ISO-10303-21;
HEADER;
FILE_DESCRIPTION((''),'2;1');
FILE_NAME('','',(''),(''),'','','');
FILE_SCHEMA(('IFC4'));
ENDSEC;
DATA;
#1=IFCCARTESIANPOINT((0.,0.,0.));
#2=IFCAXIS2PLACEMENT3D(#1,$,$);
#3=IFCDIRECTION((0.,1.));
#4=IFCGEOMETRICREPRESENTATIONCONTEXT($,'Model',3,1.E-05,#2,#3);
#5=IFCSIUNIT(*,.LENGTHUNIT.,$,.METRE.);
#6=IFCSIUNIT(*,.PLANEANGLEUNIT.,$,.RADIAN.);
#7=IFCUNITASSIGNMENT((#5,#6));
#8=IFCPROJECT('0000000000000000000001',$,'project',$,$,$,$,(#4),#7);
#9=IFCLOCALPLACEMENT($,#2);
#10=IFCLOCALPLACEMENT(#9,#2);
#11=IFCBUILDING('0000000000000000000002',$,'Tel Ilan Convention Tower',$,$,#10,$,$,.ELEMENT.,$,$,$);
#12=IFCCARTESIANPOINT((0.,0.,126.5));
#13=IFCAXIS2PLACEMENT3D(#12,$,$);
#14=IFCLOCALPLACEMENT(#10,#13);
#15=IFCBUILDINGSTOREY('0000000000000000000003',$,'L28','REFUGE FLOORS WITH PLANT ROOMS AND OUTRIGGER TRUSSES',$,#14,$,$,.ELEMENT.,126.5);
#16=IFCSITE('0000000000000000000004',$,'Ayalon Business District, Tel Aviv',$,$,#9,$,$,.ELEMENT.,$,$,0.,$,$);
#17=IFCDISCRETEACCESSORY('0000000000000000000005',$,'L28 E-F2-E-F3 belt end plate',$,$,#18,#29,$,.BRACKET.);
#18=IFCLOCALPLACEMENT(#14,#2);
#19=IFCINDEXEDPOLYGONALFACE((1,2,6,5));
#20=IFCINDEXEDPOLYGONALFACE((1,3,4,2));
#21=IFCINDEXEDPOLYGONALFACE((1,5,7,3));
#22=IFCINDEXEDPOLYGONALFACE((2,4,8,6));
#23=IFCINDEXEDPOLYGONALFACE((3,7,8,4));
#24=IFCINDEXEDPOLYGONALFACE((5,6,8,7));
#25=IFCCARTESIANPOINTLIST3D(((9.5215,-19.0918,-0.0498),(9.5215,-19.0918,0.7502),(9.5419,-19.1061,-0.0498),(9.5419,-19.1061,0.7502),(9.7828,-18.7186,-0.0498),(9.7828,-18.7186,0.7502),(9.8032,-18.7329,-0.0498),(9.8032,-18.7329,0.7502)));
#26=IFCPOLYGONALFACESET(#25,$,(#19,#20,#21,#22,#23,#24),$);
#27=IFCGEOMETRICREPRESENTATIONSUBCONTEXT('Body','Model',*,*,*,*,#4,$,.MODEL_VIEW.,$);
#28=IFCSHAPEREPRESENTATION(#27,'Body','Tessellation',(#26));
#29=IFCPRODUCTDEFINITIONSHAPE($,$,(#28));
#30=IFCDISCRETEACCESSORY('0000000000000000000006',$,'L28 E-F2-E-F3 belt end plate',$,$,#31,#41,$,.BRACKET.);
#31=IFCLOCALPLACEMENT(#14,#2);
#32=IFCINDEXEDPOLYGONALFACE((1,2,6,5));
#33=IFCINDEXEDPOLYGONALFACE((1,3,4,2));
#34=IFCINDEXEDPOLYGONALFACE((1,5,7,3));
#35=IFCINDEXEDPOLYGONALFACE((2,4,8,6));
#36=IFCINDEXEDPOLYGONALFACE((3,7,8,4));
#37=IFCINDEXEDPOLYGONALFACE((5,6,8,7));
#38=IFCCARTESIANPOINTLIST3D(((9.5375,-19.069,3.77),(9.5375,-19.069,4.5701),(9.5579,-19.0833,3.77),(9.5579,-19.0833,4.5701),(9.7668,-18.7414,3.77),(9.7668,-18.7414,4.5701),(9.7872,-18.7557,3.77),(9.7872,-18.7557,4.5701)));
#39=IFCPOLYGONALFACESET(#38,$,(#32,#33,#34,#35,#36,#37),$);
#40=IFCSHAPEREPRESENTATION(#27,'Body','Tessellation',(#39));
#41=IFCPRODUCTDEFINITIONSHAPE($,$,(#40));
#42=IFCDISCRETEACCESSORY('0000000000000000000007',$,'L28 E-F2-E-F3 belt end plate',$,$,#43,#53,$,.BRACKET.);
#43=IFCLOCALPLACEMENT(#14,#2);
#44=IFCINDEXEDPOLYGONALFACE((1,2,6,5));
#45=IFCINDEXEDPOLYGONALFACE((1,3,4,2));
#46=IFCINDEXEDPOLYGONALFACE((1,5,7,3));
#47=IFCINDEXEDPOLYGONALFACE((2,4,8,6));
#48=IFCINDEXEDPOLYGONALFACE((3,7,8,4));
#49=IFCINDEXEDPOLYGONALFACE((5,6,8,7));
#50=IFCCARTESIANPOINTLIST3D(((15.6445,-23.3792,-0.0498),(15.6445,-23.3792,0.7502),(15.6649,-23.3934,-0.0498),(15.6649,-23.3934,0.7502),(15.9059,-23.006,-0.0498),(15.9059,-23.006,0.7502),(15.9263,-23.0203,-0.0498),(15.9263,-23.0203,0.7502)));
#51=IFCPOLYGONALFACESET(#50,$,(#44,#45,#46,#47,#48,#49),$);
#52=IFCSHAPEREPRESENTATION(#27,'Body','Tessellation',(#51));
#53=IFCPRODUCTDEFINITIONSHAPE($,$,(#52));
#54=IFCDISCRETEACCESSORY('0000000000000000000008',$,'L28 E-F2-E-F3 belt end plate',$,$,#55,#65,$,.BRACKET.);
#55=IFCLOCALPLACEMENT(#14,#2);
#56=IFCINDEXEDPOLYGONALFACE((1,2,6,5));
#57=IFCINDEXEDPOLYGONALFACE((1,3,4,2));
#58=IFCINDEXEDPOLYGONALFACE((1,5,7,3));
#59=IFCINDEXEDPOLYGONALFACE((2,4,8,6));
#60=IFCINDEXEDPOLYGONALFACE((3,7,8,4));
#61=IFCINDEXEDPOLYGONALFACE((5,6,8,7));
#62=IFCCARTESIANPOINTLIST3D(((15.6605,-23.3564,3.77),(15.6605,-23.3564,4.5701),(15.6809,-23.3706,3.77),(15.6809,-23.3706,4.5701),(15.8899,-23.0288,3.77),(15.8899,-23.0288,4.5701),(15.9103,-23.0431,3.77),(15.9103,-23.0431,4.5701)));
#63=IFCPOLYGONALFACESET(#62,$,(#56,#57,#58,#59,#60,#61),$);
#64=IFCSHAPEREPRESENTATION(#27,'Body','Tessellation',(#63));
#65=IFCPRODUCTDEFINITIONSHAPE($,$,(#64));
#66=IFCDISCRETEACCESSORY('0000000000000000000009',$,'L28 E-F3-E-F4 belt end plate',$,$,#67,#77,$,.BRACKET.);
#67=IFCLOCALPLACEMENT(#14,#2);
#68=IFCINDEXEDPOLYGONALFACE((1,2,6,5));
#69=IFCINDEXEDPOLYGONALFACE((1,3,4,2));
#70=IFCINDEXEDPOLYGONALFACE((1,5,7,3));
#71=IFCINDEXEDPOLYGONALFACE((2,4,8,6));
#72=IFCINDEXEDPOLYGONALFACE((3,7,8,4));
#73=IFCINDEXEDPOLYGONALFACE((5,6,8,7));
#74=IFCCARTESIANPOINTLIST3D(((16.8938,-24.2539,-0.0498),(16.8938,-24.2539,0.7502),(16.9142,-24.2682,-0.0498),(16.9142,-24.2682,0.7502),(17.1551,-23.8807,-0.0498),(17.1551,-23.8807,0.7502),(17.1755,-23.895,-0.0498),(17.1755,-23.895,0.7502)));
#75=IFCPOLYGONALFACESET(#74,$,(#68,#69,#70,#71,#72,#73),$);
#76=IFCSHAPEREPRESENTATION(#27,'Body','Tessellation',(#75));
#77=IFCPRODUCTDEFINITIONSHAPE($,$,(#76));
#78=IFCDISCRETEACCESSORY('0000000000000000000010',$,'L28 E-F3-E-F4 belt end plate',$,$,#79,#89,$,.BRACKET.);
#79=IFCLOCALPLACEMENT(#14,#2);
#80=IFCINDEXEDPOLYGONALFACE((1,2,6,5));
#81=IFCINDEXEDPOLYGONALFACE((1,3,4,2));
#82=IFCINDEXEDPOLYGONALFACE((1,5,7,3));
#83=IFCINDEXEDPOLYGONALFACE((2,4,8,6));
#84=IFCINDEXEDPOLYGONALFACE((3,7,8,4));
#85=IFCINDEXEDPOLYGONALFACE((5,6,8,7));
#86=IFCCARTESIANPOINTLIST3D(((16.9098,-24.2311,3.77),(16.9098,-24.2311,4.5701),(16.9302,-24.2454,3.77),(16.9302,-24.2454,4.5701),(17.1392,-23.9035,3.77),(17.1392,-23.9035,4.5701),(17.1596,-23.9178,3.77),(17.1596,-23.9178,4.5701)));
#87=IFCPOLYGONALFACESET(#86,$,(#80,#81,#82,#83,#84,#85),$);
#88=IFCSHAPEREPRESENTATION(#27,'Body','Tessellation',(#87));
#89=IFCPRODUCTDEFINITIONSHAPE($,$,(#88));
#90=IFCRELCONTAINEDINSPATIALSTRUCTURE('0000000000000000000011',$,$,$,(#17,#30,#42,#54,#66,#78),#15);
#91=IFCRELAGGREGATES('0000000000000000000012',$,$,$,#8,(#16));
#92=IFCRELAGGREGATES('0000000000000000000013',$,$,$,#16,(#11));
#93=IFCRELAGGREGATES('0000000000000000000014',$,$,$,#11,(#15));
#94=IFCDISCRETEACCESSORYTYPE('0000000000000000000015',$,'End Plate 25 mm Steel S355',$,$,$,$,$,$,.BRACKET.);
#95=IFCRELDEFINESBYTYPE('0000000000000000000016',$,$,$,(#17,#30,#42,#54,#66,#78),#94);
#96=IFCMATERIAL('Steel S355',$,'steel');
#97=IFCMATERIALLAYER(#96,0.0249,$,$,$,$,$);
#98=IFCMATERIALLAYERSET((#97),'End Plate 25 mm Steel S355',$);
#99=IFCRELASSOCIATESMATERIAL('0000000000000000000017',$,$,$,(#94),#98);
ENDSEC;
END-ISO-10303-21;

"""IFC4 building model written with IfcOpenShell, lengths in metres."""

from ifc_helpers import new_model, si_unit, direction, frame, origin, origin_2d, place, context, subcontext, project, spatial, rectangle, extrude, material, layer, layer_set, type_object, element, save


model = new_model("IFC4")

# Units and contexts
model_context = context("Model", 3, precision=1e-05, world=origin(), true_north=direction((0.0, 1.0)))
body_context = subcontext(model_context, "Body", "Model", "MODEL_VIEW")
ifc_project = project(units=[si_unit("LENGTHUNIT", "METRE"), si_unit("PLANEANGLEUNIT", "RADIAN")], contexts=[model_context])

# Site, building, storey
site_placement = place(None, origin())
site = spatial("IfcSite", under=ifc_project, at=site_placement, Name="Ayalon Business District, Tel Aviv", CompositionType="ELEMENT", RefElevation=0.0)
building_placement = place(site_placement, origin())
building = spatial("IfcBuilding", under=site, at=building_placement, Name="Tel Ilan Convention Tower", CompositionType="ELEMENT")
storey_placement = place(building_placement, frame((0.0, 0.0, 126.5)))
storey = spatial("IfcBuildingStorey", under=building, at=storey_placement, Name="L28", Description="REFUGE FLOORS WITH PLANT ROOMS AND OUTRIGGER TRUSSES", CompositionType="ELEMENT", Elevation=126.5)

# Discrete accessories
ifc_material_1 = material(Name="Steel S355", Category="steel")
ifc_layer_1 = layer(ifc_material_1, 0.0249)
ifc_layer_set_1 = layer_set([ifc_layer_1], Name="End Plate 25 mm Steel S355")
discrete_accessory_type_1 = type_object("IfcDiscreteAccessoryType", Name="End Plate 25 mm Steel S355", PredefinedType="BRACKET", material=ifc_layer_set_1)
discrete_accessory_1_placement = place(storey_placement, frame((9.6624, -18.9124, -0.0498), z_axis=(0.0, 0.0, 1.0), x_axis=(-0.819152, 0.573576, 0.0)))
element("IfcDiscreteAccessory", 1, at=discrete_accessory_1_placement, inside=storey, type_object=discrete_accessory_type_1, Name="L28 E-F2-E-F3 belt end plate", PredefinedType="BRACKET", context=body_context, shape_type="SweptSolid", body=[
    extrude(rectangle(XDim=0.0249, YDim=0.4556, at=origin_2d()), origin(), (0.0, 0.0, 1.0), 0.8),
])
discrete_accessory_2_placement = place(storey_placement, frame((9.6624, -18.9124, 3.77), z_axis=(0.0, 0.0, 1.0), x_axis=(-0.819152, 0.573576, 0.0)))
element("IfcDiscreteAccessory", 2, at=discrete_accessory_2_placement, inside=storey, type_object=discrete_accessory_type_1, Name="L28 E-F2-E-F3 belt end plate", PredefinedType="BRACKET", context=body_context, shape_type="SweptSolid", body=[
    extrude(rectangle(XDim=0.0249, YDim=0.3999, at=origin_2d()), origin(), (0.0, 0.0, 1.0), 0.8),
])
discrete_accessory_3_placement = place(storey_placement, frame((15.7854, -23.1997, -0.0498), z_axis=(0.0, 0.0, 1.0), x_axis=(0.819152, -0.573576, 0.0)))
element("IfcDiscreteAccessory", 3, at=discrete_accessory_3_placement, inside=storey, type_object=discrete_accessory_type_1, Name="L28 E-F2-E-F3 belt end plate", PredefinedType="BRACKET", context=body_context, shape_type="SweptSolid", body=[
    extrude(rectangle(XDim=0.0249, YDim=0.4556, at=origin_2d()), origin(), (0.0, 0.0, 1.0), 0.8),
])
discrete_accessory_4_placement = place(storey_placement, frame((15.7854, -23.1997, 3.77), z_axis=(0.0, 0.0, 1.0), x_axis=(0.819152, -0.573576, 0.0)))
element("IfcDiscreteAccessory", 4, at=discrete_accessory_4_placement, inside=storey, type_object=discrete_accessory_type_1, Name="L28 E-F2-E-F3 belt end plate", PredefinedType="BRACKET", context=body_context, shape_type="SweptSolid", body=[
    extrude(rectangle(XDim=0.0249, YDim=0.3999, at=origin_2d()), origin(), (0.0, 0.0, 1.0), 0.8),
])
discrete_accessory_5_placement = place(storey_placement, frame((17.0347, -24.0745, -0.0498), z_axis=(0.0, 0.0, 1.0), x_axis=(-0.819152, 0.573576, 0.0)))
element("IfcDiscreteAccessory", 5, at=discrete_accessory_5_placement, inside=storey, type_object=discrete_accessory_type_1, Name="L28 E-F3-E-F4 belt end plate", PredefinedType="BRACKET", context=body_context, shape_type="SweptSolid", body=[
    extrude(rectangle(XDim=0.0249, YDim=0.4556, at=origin_2d()), origin(), (0.0, 0.0, 1.0), 0.8),
])
discrete_accessory_6_placement = place(storey_placement, frame((17.0347, -24.0745, 3.77), z_axis=(0.0, 0.0, 1.0), x_axis=(-0.819152, 0.573576, 0.0)))
element("IfcDiscreteAccessory", 6, at=discrete_accessory_6_placement, inside=storey, type_object=discrete_accessory_type_1, Name="L28 E-F3-E-F4 belt end plate", PredefinedType="BRACKET", context=body_context, shape_type="SweptSolid", body=[
    extrude(rectangle(XDim=0.0249, YDim=0.3999, at=origin_2d()), origin(), (0.0, 0.0, 1.0), 0.8),
])

save(model, "model.ifc")
